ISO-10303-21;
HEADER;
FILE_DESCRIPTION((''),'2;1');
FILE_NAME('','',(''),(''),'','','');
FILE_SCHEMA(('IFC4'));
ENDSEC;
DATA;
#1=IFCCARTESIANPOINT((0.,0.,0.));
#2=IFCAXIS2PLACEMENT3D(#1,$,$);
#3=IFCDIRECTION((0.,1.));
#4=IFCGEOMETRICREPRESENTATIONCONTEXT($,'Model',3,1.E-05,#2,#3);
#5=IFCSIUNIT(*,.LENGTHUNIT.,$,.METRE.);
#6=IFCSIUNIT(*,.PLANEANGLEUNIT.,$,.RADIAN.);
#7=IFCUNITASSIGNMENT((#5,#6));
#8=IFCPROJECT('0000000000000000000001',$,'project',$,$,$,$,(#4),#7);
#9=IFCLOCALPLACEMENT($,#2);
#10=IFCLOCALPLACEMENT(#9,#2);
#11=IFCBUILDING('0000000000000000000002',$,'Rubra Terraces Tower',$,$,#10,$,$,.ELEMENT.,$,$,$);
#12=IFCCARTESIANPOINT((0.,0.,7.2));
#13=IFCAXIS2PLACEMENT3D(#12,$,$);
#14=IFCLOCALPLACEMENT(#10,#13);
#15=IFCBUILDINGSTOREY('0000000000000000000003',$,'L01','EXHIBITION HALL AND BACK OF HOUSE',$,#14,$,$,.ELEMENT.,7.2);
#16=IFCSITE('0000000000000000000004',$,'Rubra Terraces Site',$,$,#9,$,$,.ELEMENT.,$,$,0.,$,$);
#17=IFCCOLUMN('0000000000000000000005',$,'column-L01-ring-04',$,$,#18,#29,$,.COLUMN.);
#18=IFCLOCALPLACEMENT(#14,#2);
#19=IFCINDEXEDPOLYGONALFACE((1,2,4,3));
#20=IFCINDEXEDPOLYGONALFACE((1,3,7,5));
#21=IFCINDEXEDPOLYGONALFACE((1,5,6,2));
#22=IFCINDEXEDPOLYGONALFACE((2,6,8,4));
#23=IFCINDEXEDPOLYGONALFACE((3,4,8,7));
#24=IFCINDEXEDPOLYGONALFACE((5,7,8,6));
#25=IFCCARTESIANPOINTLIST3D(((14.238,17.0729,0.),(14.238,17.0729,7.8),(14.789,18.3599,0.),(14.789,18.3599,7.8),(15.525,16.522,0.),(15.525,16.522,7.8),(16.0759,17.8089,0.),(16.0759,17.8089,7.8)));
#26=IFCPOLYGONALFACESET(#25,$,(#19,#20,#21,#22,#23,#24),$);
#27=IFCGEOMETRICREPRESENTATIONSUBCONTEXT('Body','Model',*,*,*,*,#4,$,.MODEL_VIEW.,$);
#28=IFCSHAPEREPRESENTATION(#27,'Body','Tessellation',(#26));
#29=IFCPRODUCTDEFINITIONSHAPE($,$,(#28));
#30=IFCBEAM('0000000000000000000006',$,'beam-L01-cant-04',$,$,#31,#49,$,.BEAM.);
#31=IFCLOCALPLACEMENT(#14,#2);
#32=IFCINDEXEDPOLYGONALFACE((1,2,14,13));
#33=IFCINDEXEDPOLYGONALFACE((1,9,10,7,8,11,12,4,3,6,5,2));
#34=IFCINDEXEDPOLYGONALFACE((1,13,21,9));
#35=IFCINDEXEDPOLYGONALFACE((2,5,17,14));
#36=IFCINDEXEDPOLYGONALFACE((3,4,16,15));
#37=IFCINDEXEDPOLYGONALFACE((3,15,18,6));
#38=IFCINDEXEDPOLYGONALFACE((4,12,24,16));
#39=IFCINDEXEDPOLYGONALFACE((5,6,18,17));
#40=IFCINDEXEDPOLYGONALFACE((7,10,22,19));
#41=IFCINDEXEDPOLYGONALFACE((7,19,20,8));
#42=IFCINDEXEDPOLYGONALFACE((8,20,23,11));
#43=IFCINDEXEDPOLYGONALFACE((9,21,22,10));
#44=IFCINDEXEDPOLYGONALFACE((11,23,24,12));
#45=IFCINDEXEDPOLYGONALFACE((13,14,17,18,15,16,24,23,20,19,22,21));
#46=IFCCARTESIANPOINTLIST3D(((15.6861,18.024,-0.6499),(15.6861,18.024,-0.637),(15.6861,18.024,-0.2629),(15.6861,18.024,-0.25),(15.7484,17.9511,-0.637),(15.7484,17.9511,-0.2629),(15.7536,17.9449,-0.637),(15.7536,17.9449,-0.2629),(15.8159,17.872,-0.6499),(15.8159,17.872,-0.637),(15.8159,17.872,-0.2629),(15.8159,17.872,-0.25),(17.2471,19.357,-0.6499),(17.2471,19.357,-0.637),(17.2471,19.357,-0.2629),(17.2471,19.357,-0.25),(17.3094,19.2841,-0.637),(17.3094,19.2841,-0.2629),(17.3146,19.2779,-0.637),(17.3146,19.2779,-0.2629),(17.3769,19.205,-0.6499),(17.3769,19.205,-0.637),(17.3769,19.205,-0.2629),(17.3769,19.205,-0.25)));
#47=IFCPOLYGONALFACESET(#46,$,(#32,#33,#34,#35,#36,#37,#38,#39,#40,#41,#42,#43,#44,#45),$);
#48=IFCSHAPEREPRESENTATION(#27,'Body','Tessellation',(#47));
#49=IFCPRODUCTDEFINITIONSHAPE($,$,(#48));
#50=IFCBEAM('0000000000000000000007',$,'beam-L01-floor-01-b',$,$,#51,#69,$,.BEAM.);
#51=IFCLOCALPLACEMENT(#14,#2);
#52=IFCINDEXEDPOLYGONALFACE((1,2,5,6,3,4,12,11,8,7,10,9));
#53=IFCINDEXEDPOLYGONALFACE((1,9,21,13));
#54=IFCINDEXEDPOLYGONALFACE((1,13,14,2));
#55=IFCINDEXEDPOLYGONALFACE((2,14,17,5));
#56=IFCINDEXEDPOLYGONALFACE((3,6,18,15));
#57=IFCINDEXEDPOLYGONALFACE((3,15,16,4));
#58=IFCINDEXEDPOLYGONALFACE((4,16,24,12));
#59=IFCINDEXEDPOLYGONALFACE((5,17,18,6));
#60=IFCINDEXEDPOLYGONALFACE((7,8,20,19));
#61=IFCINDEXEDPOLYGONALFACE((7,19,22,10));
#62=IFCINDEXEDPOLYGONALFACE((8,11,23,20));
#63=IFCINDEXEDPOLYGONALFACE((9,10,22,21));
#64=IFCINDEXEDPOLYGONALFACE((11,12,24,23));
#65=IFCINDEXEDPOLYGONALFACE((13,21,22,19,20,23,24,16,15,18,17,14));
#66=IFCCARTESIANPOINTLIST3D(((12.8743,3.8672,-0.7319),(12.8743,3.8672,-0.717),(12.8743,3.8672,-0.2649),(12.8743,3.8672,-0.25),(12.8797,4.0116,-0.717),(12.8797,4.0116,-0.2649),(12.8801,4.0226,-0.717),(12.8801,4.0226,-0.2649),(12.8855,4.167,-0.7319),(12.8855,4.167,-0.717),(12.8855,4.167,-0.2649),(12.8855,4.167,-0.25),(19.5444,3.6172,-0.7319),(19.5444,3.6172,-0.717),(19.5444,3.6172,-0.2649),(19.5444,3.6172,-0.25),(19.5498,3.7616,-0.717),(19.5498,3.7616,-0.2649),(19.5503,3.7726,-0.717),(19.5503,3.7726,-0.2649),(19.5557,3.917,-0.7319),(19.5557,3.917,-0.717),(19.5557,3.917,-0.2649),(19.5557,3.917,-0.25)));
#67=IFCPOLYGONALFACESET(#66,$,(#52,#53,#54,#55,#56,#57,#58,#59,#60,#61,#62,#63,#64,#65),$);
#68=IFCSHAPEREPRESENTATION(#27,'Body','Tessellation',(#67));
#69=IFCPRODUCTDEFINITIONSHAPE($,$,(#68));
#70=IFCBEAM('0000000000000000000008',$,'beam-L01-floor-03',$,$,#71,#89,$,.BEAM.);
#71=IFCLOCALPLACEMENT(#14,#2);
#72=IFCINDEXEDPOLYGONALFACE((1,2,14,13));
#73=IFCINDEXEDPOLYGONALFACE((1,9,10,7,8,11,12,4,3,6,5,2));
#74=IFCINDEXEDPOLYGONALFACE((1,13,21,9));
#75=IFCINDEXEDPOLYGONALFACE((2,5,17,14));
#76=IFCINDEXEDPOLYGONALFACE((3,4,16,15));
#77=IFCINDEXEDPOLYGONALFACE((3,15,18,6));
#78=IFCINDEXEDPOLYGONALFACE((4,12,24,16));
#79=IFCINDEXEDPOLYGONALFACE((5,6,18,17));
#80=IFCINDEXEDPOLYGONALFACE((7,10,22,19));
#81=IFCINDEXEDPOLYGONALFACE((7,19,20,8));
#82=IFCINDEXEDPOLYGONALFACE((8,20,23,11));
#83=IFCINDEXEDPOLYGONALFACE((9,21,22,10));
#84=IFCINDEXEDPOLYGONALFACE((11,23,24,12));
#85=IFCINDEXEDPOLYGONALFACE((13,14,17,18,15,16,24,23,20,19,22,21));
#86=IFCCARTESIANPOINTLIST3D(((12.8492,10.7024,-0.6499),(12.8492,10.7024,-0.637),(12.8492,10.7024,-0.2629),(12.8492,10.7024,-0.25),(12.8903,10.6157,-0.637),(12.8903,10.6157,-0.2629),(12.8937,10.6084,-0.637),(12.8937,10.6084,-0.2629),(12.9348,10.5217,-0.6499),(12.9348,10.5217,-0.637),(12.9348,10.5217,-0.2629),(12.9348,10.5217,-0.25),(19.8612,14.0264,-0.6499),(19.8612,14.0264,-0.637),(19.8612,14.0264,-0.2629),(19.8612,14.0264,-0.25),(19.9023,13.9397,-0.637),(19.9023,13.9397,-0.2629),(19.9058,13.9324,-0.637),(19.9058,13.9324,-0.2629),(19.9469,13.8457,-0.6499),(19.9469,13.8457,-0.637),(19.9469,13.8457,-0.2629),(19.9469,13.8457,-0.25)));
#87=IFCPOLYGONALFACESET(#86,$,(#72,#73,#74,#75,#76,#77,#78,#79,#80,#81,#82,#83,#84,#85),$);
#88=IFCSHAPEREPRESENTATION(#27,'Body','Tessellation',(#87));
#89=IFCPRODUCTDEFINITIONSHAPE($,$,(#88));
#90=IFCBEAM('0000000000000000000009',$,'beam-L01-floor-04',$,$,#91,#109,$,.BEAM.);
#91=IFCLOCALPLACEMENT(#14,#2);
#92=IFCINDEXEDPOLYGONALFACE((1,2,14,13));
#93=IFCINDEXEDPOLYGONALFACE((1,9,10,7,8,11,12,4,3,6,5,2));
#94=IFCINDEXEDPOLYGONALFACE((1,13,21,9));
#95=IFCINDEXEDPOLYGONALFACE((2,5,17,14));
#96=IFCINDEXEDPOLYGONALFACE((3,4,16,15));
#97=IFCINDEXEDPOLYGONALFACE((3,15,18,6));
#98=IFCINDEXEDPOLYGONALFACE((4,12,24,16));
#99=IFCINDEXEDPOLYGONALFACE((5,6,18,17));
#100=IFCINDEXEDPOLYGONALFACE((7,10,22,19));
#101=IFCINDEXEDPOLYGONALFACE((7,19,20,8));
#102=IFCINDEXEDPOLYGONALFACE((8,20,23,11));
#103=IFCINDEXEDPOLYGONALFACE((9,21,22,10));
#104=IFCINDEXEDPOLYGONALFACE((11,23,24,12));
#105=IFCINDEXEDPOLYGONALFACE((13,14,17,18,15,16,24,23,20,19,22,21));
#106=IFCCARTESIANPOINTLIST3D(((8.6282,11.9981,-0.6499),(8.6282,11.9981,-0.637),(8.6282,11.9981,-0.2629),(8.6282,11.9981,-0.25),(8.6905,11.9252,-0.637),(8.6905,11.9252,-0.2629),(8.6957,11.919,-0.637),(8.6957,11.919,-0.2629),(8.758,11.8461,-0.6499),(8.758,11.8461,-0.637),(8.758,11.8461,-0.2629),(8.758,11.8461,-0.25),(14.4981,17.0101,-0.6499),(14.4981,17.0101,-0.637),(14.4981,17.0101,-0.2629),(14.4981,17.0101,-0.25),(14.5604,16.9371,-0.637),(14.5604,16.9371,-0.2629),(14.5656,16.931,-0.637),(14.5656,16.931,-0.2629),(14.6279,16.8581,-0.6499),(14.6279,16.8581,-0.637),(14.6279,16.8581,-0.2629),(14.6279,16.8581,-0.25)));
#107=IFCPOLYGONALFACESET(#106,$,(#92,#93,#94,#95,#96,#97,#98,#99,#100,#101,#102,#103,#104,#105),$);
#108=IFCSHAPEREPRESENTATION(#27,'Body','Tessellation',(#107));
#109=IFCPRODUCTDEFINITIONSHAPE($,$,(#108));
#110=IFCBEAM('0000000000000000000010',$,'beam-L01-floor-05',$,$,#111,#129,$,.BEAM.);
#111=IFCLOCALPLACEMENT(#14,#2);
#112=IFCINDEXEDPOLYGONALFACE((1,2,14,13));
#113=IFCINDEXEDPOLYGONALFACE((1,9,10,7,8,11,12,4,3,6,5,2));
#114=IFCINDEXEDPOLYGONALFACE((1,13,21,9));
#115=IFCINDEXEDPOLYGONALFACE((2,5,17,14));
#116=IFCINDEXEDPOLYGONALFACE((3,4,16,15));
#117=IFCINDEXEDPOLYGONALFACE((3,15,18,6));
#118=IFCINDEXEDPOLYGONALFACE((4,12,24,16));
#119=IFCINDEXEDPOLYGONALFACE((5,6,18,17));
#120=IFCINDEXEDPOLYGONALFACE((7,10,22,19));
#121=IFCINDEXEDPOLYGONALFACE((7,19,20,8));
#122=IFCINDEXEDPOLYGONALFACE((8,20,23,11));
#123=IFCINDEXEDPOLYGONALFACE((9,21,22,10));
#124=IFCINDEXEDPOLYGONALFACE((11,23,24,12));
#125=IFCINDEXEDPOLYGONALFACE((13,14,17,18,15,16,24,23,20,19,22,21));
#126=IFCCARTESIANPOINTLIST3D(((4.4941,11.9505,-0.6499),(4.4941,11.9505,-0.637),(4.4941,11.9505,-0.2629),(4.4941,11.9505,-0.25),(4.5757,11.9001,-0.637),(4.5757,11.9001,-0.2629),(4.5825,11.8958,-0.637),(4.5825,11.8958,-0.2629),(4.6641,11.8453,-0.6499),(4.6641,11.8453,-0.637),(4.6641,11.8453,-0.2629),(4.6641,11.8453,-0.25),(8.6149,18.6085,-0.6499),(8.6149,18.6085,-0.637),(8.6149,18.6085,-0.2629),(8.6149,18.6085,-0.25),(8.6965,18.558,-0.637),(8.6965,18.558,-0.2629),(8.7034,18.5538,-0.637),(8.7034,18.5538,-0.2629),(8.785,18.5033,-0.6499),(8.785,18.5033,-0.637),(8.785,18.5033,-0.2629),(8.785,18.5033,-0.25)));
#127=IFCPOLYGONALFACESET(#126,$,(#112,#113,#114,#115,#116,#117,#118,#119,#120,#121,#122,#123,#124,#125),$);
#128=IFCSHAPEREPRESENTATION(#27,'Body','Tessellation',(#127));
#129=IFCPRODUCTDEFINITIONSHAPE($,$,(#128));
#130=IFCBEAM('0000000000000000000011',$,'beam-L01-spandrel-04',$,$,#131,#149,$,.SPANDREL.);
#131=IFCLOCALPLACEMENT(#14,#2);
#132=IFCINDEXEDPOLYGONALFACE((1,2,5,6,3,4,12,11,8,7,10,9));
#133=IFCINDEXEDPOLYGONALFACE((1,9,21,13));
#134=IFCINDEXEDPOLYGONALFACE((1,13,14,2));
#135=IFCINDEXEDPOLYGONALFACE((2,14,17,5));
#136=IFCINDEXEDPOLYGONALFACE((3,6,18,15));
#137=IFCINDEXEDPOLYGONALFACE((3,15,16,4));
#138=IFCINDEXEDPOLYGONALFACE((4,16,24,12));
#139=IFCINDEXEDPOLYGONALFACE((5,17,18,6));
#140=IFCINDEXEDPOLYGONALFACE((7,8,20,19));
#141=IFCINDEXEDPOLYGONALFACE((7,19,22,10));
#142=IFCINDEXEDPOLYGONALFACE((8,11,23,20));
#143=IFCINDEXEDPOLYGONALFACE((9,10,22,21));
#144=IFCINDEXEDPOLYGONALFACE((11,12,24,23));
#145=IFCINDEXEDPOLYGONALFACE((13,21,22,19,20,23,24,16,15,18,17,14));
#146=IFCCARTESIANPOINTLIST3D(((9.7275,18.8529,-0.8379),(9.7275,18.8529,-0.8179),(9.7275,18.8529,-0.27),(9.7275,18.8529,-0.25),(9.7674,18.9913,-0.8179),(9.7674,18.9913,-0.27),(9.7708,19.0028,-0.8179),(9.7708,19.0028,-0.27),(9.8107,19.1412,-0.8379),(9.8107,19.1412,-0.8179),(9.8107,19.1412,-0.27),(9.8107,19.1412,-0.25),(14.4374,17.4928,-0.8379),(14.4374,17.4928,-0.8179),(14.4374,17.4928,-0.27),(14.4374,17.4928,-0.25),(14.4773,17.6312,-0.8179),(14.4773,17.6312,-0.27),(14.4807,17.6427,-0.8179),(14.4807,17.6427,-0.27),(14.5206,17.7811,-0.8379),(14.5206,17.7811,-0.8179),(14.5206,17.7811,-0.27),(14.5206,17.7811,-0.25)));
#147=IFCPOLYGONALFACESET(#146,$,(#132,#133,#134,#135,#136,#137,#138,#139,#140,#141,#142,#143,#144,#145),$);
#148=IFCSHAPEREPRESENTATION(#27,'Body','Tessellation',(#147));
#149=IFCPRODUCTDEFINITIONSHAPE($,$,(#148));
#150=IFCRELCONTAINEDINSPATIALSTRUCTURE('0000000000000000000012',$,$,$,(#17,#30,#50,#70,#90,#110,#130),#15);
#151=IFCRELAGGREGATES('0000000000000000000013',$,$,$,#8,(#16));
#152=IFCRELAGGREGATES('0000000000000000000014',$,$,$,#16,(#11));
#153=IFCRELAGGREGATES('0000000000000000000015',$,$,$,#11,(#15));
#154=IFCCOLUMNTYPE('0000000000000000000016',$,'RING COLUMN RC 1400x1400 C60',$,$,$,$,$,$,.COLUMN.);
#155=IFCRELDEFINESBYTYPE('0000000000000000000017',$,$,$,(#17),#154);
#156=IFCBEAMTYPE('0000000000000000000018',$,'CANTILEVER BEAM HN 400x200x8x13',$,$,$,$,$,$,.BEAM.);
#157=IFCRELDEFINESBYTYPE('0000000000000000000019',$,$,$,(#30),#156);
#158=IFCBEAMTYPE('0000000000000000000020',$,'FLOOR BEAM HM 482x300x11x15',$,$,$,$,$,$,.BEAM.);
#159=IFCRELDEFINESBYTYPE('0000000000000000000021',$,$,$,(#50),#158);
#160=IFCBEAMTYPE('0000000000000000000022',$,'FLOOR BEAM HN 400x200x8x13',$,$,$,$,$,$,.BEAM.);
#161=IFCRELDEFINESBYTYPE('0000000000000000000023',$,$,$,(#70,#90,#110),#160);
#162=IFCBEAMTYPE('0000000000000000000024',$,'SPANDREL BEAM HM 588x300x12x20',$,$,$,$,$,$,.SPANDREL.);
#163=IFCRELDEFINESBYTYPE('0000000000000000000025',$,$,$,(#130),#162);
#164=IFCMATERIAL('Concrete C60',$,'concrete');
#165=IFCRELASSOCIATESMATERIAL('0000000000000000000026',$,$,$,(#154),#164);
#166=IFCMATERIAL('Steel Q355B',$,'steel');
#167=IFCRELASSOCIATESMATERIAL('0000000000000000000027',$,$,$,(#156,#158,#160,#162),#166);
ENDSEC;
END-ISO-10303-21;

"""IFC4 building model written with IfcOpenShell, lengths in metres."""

from ifc_helpers import new_model, si_unit, direction, frame, origin, origin_2d, place, context, subcontext, project, spatial, rectangle, i_section, extrude, material, material_profile, profile_set, type_object, element, save


model = new_model("IFC4")

# Units and contexts
model_context = context("Model", 3, precision=1e-05, world=origin(), true_north=direction((0.0, 1.0)))
body_context = subcontext(model_context, "Body", "Model", "MODEL_VIEW")
ifc_project = project(units=[si_unit("LENGTHUNIT", "METRE"), si_unit("PLANEANGLEUNIT", "RADIAN")], contexts=[model_context])

# Site, building, storey
site_placement = place(None, origin())
site = spatial("IfcSite", under=ifc_project, at=site_placement, Name="Rubra Terraces Site", CompositionType="ELEMENT", RefElevation=0.0)
building_placement = place(site_placement, origin())
building = spatial("IfcBuilding", under=site, at=building_placement, Name="Rubra Terraces Tower", CompositionType="ELEMENT")
storey_placement = place(building_placement, frame((0.0, 0.0, 7.2)))
storey = spatial("IfcBuildingStorey", under=building, at=storey_placement, Name="L01", Description="EXHIBITION HALL AND BACK OF HOUSE", CompositionType="ELEMENT", Elevation=7.2)

# Column
ifc_material_1 = material(Name="Concrete C60", Category="concrete")
ifc_material_profile_1 = material_profile(ifc_material_1, rectangle(XDim=1.3999, YDim=1.3999, at=origin_2d()), Name="RC 1400x1400")
ifc_profile_set_1 = profile_set([ifc_material_profile_1], Name="Concrete C60")
column_type = type_object("IfcColumnType", Name="RING COLUMN RC 1400x1400 C60", PredefinedType="COLUMN", material=ifc_profile_set_1)
column_placement = place(storey_placement, frame((15.157, 17.4409, 0.0), z_axis=(0.0, 0.0, 1.0), x_axis=(-0.919294, 0.393572, 0.0)))
element("IfcColumn", 1, at=column_placement, inside=storey, type_object=column_type, Name="column-L01-ring-04", PredefinedType="COLUMN", context=body_context, shape_type="SweptSolid", body=[
    extrude(rectangle(XDim=1.3999, YDim=1.3999, at=origin_2d()), origin(), (0.0, 0.0, 1.0), 7.8),
])

# Beams
ifc_material_2 = material(Name="Steel Q355B", Category="steel")
ifc_material_profile_2 = material_profile(ifc_material_2, i_section(OverallWidth=0.2, OverallDepth=0.3999, WebThickness=0.0081, FlangeThickness=0.0129, at=origin_2d()), Name="HN 400x200x8x13")
ifc_profile_set_2 = profile_set([ifc_material_profile_2], Name="Steel Q355B")
beam_type_1 = type_object("IfcBeamType", Name="CANTILEVER BEAM HN 400x200x8x13", PredefinedType="BEAM", material=ifc_profile_set_2)
beam_1_placement = place(storey_placement, frame((15.751, 17.948, -0.45), z_axis=(0.760464, 0.64938, 0.0), x_axis=(-0.64938, 0.760464, 0.0)))
element("IfcBeam", 2, at=beam_1_placement, inside=storey, type_object=beam_type_1, Name="beam-L01-cant-04", PredefinedType="BEAM", context=body_context, shape_type="SweptSolid", body=[
    extrude(i_section(OverallWidth=0.2, OverallDepth=0.3999, WebThickness=0.0081, FlangeThickness=0.0129, at=origin_2d()), origin(), (0.0, 0.0, 1.0), 2.0527),
])
ifc_material_profile_3 = material_profile(ifc_material_2, i_section(OverallWidth=0.3, OverallDepth=0.4819, WebThickness=0.011, FlangeThickness=0.0149, at=origin_2d()), Name="HM 482x300x11x15")
ifc_profile_set_3 = profile_set([ifc_material_profile_3], Name="Steel Q355B")
beam_type_2 = type_object("IfcBeamType", Name="FLOOR BEAM HM 482x300x11x15", PredefinedType="BEAM", material=ifc_profile_set_3)
beam_2_placement = place(storey_placement, frame((19.55, 3.7671, -0.491), z_axis=(-0.999298, 0.037454, 0.0), x_axis=(-0.037454, -0.999298, 0.0)))
element("IfcBeam", 3, at=beam_2_placement, inside=storey, type_object=beam_type_2, Name="beam-L01-floor-01-b", PredefinedType="BEAM", context=body_context, shape_type="SweptSolid", body=[
    extrude(i_section(OverallWidth=0.3, OverallDepth=0.4819, WebThickness=0.011, FlangeThickness=0.0149, at=origin_2d()), origin(), (0.0, 0.0, 1.0), 6.6748),
])
ifc_material_profile_4 = material_profile(ifc_material_2, i_section(OverallWidth=0.2, OverallDepth=0.3999, WebThickness=0.0081, FlangeThickness=0.0129, at=origin_2d()), Name="HN 400x200x8x13")
ifc_profile_set_4 = profile_set([ifc_material_profile_4], Name="Steel Q355B")
beam_type_3 = type_object("IfcBeamType", Name="FLOOR BEAM HN 400x200x8x13", PredefinedType="BEAM", material=ifc_profile_set_4)
beam_3_placement = place(storey_placement, frame((19.9041, 13.936, -0.45), z_axis=(-0.903612, -0.428351, 0.0), x_axis=(0.428351, -0.903612, 0.0)))
element("IfcBeam", 4, at=beam_3_placement, inside=storey, type_object=beam_type_3, Name="beam-L01-floor-03", PredefinedType="BEAM", context=body_context, shape_type="SweptSolid", body=[
    extrude(i_section(OverallWidth=0.2, OverallDepth=0.3999, WebThickness=0.0081, FlangeThickness=0.0129, at=origin_2d()), origin(), (0.0, 0.0, 1.0), 7.76),
])
beam_4_placement = place(storey_placement, frame((14.563, 16.9341, -0.45), z_axis=(-0.760494, -0.649344, 0.0), x_axis=(0.649344, -0.760494, 0.0)))
element("IfcBeam", 5, at=beam_4_placement, inside=storey, type_object=beam_type_3, Name="beam-L01-floor-04", PredefinedType="BEAM", context=body_context, shape_type="SweptSolid", body=[
    extrude(i_section(OverallWidth=0.2, OverallDepth=0.3999, WebThickness=0.0081, FlangeThickness=0.0129, at=origin_2d()), origin(), (0.0, 0.0, 1.0), 7.7185),
])
beam_5_placement = place(storey_placement, frame((8.7, 18.5559, -0.45), z_axis=(-0.526286, -0.850308, 0.0), x_axis=(0.850308, -0.526286, 0.0)))
element("IfcBeam", 6, at=beam_5_placement, inside=storey, type_object=beam_type_3, Name="beam-L01-floor-05", PredefinedType="BEAM", context=body_context, shape_type="SweptSolid", body=[
    extrude(i_section(OverallWidth=0.2, OverallDepth=0.3999, WebThickness=0.0081, FlangeThickness=0.0129, at=origin_2d()), origin(), (0.0, 0.0, 1.0), 7.8301),
])
ifc_material_profile_5 = material_profile(ifc_material_2, i_section(OverallWidth=0.3, OverallDepth=0.5879, WebThickness=0.012, FlangeThickness=0.02, at=origin_2d()), Name="HM 588x300x12x20")
ifc_profile_set_5 = profile_set([ifc_material_profile_5], Name="Steel Q355B")
beam_type_4 = type_object("IfcBeamType", Name="SPANDREL BEAM HM 588x300x12x20", PredefinedType="SPANDREL", material=ifc_profile_set_5)
beam_6_placement = place(storey_placement, frame((14.479, 17.637, -0.5439), z_axis=(-0.960744, 0.277436, 0.0), x_axis=(-0.277436, -0.960744, 0.0)))
element("IfcBeam", 7, at=beam_6_placement, inside=storey, type_object=beam_type_4, Name="beam-L01-spandrel-04", PredefinedType="SPANDREL", context=body_context, shape_type="SweptSolid", body=[
    extrude(i_section(OverallWidth=0.3, OverallDepth=0.5879, WebThickness=0.012, FlangeThickness=0.02, at=origin_2d()), origin(), (0.0, 0.0, 1.0), 4.9023),
])

save(model, "model.ifc")
